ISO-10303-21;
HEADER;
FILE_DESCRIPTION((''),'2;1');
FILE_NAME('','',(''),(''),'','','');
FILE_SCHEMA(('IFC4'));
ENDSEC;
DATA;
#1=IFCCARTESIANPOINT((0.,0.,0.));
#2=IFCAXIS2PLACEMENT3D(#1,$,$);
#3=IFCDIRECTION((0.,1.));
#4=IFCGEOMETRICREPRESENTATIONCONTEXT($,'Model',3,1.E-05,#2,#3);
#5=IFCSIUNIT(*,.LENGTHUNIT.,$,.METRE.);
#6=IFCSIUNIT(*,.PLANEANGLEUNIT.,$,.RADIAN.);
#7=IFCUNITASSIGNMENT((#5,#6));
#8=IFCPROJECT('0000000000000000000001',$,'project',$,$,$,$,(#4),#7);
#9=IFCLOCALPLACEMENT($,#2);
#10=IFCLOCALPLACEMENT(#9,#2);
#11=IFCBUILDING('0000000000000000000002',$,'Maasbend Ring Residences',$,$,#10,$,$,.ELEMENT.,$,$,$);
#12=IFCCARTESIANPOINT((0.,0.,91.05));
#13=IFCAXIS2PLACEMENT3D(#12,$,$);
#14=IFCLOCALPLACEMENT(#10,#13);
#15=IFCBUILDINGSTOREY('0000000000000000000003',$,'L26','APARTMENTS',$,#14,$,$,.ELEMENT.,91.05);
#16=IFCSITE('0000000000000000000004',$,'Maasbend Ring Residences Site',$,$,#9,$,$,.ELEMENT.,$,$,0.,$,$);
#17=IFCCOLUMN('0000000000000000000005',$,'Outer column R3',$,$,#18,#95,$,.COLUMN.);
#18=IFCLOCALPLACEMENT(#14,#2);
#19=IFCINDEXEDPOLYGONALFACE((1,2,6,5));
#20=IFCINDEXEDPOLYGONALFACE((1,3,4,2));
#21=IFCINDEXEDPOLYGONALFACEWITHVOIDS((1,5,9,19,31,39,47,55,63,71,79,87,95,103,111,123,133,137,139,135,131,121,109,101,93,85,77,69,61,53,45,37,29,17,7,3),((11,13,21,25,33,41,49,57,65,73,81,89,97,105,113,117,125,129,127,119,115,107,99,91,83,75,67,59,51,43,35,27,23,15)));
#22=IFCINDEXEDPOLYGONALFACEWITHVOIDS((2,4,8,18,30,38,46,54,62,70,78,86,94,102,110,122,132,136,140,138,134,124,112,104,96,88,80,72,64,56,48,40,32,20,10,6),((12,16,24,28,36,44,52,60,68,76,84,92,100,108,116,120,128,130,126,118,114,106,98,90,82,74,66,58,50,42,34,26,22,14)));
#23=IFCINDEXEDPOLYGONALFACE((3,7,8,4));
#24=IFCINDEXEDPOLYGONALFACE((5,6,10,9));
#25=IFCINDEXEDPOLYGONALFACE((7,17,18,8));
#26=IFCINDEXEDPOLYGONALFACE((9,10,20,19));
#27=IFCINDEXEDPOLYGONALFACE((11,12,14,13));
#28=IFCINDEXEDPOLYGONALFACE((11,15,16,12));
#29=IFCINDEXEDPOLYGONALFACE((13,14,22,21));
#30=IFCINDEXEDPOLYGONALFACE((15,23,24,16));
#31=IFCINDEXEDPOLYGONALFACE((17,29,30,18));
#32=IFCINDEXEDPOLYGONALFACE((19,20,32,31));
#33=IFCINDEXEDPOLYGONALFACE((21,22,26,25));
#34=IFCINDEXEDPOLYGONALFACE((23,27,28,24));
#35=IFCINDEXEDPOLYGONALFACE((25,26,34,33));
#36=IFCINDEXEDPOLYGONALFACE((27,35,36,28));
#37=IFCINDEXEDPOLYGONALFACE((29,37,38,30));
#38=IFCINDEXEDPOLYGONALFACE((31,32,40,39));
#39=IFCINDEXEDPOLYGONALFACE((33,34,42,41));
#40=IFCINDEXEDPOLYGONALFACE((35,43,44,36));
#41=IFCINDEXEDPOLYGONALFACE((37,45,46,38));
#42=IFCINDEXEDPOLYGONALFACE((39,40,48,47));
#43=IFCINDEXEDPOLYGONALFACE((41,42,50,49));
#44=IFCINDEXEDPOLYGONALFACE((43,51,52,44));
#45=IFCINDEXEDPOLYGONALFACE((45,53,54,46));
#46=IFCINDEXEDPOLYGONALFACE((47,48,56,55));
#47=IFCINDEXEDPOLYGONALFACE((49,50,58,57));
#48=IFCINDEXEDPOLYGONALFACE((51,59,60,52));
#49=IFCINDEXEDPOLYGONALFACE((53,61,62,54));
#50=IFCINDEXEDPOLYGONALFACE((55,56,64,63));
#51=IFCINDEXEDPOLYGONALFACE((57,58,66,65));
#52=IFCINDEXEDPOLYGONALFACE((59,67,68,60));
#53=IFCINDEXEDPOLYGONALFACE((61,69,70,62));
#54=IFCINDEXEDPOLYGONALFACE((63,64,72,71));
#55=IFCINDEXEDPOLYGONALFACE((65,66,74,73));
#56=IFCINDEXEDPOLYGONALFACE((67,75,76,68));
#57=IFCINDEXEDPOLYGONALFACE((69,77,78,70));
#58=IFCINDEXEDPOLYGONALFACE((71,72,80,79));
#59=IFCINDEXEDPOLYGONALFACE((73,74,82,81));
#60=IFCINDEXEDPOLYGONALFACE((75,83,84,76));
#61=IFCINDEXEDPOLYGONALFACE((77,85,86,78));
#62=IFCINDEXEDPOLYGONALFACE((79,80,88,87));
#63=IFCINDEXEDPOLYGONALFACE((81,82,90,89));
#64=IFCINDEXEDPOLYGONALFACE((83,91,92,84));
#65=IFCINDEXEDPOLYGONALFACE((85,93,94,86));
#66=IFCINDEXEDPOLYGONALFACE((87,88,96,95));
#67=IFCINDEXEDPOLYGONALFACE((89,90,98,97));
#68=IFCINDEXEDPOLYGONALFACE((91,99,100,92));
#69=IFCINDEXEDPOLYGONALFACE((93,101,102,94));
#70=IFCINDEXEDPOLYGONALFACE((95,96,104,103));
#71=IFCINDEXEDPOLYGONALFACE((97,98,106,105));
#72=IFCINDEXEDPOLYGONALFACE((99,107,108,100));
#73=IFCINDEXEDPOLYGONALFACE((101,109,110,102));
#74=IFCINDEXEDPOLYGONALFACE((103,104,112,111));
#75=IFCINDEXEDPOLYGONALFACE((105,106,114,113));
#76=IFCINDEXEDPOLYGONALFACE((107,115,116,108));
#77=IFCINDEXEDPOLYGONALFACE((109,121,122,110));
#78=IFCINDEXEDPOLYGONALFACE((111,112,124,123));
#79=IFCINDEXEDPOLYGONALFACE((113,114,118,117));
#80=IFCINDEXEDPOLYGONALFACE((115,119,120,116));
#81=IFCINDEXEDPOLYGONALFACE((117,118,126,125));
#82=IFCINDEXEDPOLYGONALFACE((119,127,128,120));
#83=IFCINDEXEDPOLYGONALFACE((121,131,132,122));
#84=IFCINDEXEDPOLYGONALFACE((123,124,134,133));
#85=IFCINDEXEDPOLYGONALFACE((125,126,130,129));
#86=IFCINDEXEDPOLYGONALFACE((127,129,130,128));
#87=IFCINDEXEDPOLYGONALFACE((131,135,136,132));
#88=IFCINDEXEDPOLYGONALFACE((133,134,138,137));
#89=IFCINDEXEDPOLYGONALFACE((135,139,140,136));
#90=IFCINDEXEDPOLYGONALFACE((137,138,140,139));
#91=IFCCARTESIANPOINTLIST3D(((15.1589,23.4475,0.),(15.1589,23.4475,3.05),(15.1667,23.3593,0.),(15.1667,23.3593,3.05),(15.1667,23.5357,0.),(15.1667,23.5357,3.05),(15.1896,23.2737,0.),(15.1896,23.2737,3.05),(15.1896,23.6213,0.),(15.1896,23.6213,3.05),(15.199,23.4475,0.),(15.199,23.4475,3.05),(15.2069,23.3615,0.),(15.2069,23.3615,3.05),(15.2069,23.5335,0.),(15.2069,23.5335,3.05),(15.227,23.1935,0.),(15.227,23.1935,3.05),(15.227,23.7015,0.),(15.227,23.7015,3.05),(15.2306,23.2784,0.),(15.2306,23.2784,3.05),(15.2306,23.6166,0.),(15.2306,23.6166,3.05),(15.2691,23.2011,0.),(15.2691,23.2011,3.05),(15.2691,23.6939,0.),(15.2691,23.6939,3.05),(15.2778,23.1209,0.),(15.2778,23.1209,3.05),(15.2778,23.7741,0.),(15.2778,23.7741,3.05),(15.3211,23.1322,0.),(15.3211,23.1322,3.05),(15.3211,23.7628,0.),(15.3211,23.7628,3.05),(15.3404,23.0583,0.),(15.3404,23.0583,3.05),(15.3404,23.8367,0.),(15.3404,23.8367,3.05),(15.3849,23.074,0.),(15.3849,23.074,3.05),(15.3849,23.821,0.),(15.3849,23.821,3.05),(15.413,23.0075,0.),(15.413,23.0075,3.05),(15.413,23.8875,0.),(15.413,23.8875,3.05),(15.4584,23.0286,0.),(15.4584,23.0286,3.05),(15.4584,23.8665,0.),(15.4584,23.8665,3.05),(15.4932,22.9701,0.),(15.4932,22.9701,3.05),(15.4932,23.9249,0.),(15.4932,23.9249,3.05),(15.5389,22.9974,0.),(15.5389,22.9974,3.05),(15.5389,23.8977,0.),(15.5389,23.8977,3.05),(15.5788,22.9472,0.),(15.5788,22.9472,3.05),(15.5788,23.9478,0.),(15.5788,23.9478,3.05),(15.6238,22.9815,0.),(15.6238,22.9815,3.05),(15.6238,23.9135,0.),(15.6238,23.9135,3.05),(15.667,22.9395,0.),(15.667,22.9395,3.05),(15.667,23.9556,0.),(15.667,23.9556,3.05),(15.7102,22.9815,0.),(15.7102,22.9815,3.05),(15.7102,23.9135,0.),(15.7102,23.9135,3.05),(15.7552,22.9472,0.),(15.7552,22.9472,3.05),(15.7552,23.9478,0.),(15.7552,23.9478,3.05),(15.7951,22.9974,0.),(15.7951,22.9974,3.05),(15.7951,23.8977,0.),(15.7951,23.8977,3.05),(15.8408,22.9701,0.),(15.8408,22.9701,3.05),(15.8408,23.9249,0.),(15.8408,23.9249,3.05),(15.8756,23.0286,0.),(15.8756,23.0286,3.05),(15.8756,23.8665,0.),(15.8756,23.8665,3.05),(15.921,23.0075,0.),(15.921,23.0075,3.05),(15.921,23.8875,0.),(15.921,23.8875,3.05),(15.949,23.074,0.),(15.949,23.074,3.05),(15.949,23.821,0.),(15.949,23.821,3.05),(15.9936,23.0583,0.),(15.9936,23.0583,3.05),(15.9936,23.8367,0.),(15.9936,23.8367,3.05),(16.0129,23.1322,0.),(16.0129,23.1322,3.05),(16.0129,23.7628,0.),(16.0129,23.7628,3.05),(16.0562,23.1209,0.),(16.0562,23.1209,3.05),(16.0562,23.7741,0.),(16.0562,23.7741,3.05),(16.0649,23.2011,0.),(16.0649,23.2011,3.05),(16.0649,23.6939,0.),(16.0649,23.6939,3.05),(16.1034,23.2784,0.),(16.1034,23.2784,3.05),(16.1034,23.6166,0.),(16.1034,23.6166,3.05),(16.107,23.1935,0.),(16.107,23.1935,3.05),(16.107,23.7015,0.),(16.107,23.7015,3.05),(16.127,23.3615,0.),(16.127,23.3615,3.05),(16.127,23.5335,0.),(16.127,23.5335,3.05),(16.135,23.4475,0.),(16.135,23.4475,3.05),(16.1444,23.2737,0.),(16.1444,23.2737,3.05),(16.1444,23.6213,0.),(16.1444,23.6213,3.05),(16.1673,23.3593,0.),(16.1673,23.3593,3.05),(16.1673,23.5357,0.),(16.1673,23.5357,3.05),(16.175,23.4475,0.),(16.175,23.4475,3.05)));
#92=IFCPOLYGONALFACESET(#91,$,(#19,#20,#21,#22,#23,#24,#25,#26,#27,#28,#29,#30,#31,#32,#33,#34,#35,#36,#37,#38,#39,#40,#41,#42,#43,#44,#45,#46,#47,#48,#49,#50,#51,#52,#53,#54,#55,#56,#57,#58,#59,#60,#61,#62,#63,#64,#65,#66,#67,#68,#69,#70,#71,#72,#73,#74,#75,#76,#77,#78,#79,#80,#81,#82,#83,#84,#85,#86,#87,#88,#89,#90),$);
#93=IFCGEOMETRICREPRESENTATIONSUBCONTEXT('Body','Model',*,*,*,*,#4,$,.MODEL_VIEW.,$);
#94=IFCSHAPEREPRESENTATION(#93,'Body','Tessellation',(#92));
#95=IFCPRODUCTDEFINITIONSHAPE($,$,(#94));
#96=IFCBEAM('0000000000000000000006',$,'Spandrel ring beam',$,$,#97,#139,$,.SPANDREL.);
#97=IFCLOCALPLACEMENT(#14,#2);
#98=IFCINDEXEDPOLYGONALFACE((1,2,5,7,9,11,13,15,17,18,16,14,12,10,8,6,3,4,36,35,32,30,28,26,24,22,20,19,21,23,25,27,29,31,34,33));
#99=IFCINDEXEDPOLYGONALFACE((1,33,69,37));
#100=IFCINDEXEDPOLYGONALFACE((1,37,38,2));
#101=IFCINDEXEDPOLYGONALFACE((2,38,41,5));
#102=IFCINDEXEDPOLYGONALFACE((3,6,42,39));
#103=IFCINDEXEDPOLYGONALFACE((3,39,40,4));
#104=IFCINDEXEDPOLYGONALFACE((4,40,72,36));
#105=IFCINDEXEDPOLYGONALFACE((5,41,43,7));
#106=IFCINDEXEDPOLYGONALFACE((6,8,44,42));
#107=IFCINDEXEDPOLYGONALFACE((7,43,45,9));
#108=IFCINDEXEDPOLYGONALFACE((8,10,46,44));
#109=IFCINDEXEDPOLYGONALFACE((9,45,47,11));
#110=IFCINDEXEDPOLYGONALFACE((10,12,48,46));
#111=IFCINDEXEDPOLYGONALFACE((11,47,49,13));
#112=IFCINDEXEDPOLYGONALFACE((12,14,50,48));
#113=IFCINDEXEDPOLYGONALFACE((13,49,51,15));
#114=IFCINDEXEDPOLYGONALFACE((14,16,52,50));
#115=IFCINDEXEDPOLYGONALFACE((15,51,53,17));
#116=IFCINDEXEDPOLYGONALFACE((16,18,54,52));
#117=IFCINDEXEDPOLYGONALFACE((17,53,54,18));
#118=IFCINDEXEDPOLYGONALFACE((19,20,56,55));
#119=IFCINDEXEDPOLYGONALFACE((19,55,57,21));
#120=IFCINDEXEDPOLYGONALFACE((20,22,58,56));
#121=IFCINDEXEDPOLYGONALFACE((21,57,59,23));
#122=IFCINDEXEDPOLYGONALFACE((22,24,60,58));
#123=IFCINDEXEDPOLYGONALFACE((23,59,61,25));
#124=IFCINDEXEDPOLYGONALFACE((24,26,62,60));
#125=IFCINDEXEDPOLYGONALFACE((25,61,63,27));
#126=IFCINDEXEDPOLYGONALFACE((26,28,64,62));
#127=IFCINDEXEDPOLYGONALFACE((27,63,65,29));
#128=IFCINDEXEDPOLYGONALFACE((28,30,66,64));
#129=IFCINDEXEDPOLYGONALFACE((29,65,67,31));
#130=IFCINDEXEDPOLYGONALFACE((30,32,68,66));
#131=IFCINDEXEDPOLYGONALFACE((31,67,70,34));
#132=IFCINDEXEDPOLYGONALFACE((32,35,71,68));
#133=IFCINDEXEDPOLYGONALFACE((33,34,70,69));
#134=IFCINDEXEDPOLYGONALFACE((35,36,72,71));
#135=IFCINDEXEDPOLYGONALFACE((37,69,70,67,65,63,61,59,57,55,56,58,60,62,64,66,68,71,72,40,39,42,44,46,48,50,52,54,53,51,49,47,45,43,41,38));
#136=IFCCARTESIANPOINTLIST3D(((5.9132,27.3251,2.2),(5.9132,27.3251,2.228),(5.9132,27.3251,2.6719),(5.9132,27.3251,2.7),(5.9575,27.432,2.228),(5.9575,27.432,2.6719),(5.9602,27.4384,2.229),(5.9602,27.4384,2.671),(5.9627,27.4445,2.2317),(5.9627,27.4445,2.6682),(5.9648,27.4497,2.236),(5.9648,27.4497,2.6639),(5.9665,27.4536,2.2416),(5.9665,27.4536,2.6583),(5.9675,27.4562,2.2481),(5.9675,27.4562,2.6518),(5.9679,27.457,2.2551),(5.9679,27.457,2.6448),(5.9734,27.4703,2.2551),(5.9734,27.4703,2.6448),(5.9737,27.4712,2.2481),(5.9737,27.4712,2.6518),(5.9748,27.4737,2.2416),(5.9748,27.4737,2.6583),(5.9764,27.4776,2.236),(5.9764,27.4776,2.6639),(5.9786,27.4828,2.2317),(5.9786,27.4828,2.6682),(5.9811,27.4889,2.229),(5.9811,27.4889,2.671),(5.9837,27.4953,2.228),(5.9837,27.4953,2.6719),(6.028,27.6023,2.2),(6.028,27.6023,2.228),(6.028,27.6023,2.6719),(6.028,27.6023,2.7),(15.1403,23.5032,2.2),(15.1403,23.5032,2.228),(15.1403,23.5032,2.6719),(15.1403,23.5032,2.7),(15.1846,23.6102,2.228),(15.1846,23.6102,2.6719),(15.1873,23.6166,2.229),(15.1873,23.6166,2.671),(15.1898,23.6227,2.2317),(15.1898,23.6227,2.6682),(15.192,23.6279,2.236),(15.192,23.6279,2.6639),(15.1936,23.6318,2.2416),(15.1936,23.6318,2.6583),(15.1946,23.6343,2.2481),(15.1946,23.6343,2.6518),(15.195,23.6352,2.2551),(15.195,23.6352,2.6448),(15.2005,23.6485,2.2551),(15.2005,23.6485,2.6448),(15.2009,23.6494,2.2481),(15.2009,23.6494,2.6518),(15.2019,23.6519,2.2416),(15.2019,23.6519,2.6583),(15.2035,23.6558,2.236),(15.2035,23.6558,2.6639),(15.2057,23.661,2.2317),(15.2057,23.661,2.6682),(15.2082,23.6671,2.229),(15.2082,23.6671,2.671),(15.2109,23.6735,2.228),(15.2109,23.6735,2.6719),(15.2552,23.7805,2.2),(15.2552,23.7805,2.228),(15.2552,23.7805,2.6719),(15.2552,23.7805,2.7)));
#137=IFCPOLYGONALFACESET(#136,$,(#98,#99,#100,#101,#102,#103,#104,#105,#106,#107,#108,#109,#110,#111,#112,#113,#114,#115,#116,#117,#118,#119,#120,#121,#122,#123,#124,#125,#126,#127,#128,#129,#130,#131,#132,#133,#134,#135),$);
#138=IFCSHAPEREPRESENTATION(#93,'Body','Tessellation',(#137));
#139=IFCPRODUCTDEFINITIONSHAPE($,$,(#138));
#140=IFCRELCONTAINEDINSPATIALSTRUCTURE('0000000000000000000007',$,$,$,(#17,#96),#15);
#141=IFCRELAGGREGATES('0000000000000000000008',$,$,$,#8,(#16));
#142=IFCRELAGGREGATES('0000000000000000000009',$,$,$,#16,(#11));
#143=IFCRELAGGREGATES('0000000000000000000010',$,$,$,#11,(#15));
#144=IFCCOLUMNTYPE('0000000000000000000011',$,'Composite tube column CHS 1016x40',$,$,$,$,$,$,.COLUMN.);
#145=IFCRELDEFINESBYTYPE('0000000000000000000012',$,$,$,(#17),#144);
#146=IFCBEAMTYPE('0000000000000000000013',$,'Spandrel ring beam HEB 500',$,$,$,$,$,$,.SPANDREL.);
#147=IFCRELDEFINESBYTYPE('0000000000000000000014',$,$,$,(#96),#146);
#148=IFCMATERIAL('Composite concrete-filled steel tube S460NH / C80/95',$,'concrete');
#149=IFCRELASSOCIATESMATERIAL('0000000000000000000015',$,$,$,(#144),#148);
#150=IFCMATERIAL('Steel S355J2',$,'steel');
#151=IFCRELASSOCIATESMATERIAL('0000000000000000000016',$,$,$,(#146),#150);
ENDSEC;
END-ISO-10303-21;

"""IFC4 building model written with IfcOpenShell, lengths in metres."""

from ifc_helpers import new_model, si_unit, direction, frame, origin, origin_2d, place, context, subcontext, project, spatial, hollow_circle, i_section, extrude, material, material_profile, profile_set, type_object, element, save


model = new_model("IFC4")

# Units and contexts
model_context = context("Model", 3, precision=1e-05, world=origin(), true_north=direction((0.0, 1.0)))
body_context = subcontext(model_context, "Body", "Model", "MODEL_VIEW")
ifc_project = project(units=[si_unit("LENGTHUNIT", "METRE"), si_unit("PLANEANGLEUNIT", "RADIAN")], contexts=[model_context])

# Site, building, storey
site_placement = place(None, origin())
site = spatial("IfcSite", under=ifc_project, at=site_placement, Name="Maasbend Ring Residences Site", CompositionType="ELEMENT", RefElevation=0.0)
building_placement = place(site_placement, origin())
building = spatial("IfcBuilding", under=site, at=building_placement, Name="Maasbend Ring Residences", CompositionType="ELEMENT")
storey_placement = place(building_placement, frame((0.0, 0.0, 91.05)))
storey = spatial("IfcBuildingStorey", under=building, at=storey_placement, Name="L26", Description="APARTMENTS", CompositionType="ELEMENT", Elevation=91.05)

# Column
ifc_material_1 = material(Name="Composite concrete-filled steel tube S460NH / C80/95", Category="concrete")
ifc_material_profile_1 = material_profile(ifc_material_1, hollow_circle(Radius=0.5081, WallThickness=0.04, at=origin_2d()), Name="Composite tube column CHS 1016x40")
ifc_profile_set_1 = profile_set([ifc_material_profile_1], Name="Composite concrete-filled steel tube S460NH / C80/95")
column_type = type_object("IfcColumnType", Name="Composite tube column CHS 1016x40", PredefinedType="COLUMN", material=ifc_profile_set_1)
column_placement = place(storey_placement, frame((15.667, 23.4475, 0.0), z_axis=(0.0, 0.0, 1.0), x_axis=(1.0, 0.0, 0.0)))
element("IfcColumn", 1, at=column_placement, inside=storey, type_object=column_type, Name="Outer column R3", PredefinedType="COLUMN", context=body_context, shape_type="SweptSolid", body=[
    extrude(hollow_circle(Radius=0.5081, WallThickness=0.04, at=origin_2d()), origin(), (0.0, 0.0, 1.0), 3.05),
])

# Beam
ifc_material_2 = material(Name="Steel S355J2", Category="steel")
ifc_material_profile_2 = material_profile(ifc_material_2, i_section(OverallWidth=0.3, OverallDepth=0.5, WebThickness=0.0144, FlangeThickness=0.0281, FilletRadius=0.0271, at=origin_2d()), Name="HEB 500")
ifc_profile_set_2 = profile_set([ifc_material_profile_2], Name="Steel S355J2")
beam_type = type_object("IfcBeamType", Name="Spandrel ring beam HEB 500", PredefinedType="SPANDREL", material=ifc_profile_set_2)
beam_placement = place(storey_placement, frame((15.1978, 23.6418, 2.45), z_axis=(-0.923886, 0.382667, 0.0), x_axis=(-0.382667, -0.923886, 0.0)))
element("IfcBeam", 2, at=beam_placement, inside=storey, type_object=beam_type, Name="Spandrel ring beam", PredefinedType="SPANDREL", context=body_context, shape_type="SweptSolid", body=[
    extrude(i_section(OverallWidth=0.3, OverallDepth=0.5, WebThickness=0.0144, FlangeThickness=0.0281, FilletRadius=0.0271, at=origin_2d()), origin(), (0.0, 0.0, 1.0), 9.9873),
])

save(model, "model.ifc")
